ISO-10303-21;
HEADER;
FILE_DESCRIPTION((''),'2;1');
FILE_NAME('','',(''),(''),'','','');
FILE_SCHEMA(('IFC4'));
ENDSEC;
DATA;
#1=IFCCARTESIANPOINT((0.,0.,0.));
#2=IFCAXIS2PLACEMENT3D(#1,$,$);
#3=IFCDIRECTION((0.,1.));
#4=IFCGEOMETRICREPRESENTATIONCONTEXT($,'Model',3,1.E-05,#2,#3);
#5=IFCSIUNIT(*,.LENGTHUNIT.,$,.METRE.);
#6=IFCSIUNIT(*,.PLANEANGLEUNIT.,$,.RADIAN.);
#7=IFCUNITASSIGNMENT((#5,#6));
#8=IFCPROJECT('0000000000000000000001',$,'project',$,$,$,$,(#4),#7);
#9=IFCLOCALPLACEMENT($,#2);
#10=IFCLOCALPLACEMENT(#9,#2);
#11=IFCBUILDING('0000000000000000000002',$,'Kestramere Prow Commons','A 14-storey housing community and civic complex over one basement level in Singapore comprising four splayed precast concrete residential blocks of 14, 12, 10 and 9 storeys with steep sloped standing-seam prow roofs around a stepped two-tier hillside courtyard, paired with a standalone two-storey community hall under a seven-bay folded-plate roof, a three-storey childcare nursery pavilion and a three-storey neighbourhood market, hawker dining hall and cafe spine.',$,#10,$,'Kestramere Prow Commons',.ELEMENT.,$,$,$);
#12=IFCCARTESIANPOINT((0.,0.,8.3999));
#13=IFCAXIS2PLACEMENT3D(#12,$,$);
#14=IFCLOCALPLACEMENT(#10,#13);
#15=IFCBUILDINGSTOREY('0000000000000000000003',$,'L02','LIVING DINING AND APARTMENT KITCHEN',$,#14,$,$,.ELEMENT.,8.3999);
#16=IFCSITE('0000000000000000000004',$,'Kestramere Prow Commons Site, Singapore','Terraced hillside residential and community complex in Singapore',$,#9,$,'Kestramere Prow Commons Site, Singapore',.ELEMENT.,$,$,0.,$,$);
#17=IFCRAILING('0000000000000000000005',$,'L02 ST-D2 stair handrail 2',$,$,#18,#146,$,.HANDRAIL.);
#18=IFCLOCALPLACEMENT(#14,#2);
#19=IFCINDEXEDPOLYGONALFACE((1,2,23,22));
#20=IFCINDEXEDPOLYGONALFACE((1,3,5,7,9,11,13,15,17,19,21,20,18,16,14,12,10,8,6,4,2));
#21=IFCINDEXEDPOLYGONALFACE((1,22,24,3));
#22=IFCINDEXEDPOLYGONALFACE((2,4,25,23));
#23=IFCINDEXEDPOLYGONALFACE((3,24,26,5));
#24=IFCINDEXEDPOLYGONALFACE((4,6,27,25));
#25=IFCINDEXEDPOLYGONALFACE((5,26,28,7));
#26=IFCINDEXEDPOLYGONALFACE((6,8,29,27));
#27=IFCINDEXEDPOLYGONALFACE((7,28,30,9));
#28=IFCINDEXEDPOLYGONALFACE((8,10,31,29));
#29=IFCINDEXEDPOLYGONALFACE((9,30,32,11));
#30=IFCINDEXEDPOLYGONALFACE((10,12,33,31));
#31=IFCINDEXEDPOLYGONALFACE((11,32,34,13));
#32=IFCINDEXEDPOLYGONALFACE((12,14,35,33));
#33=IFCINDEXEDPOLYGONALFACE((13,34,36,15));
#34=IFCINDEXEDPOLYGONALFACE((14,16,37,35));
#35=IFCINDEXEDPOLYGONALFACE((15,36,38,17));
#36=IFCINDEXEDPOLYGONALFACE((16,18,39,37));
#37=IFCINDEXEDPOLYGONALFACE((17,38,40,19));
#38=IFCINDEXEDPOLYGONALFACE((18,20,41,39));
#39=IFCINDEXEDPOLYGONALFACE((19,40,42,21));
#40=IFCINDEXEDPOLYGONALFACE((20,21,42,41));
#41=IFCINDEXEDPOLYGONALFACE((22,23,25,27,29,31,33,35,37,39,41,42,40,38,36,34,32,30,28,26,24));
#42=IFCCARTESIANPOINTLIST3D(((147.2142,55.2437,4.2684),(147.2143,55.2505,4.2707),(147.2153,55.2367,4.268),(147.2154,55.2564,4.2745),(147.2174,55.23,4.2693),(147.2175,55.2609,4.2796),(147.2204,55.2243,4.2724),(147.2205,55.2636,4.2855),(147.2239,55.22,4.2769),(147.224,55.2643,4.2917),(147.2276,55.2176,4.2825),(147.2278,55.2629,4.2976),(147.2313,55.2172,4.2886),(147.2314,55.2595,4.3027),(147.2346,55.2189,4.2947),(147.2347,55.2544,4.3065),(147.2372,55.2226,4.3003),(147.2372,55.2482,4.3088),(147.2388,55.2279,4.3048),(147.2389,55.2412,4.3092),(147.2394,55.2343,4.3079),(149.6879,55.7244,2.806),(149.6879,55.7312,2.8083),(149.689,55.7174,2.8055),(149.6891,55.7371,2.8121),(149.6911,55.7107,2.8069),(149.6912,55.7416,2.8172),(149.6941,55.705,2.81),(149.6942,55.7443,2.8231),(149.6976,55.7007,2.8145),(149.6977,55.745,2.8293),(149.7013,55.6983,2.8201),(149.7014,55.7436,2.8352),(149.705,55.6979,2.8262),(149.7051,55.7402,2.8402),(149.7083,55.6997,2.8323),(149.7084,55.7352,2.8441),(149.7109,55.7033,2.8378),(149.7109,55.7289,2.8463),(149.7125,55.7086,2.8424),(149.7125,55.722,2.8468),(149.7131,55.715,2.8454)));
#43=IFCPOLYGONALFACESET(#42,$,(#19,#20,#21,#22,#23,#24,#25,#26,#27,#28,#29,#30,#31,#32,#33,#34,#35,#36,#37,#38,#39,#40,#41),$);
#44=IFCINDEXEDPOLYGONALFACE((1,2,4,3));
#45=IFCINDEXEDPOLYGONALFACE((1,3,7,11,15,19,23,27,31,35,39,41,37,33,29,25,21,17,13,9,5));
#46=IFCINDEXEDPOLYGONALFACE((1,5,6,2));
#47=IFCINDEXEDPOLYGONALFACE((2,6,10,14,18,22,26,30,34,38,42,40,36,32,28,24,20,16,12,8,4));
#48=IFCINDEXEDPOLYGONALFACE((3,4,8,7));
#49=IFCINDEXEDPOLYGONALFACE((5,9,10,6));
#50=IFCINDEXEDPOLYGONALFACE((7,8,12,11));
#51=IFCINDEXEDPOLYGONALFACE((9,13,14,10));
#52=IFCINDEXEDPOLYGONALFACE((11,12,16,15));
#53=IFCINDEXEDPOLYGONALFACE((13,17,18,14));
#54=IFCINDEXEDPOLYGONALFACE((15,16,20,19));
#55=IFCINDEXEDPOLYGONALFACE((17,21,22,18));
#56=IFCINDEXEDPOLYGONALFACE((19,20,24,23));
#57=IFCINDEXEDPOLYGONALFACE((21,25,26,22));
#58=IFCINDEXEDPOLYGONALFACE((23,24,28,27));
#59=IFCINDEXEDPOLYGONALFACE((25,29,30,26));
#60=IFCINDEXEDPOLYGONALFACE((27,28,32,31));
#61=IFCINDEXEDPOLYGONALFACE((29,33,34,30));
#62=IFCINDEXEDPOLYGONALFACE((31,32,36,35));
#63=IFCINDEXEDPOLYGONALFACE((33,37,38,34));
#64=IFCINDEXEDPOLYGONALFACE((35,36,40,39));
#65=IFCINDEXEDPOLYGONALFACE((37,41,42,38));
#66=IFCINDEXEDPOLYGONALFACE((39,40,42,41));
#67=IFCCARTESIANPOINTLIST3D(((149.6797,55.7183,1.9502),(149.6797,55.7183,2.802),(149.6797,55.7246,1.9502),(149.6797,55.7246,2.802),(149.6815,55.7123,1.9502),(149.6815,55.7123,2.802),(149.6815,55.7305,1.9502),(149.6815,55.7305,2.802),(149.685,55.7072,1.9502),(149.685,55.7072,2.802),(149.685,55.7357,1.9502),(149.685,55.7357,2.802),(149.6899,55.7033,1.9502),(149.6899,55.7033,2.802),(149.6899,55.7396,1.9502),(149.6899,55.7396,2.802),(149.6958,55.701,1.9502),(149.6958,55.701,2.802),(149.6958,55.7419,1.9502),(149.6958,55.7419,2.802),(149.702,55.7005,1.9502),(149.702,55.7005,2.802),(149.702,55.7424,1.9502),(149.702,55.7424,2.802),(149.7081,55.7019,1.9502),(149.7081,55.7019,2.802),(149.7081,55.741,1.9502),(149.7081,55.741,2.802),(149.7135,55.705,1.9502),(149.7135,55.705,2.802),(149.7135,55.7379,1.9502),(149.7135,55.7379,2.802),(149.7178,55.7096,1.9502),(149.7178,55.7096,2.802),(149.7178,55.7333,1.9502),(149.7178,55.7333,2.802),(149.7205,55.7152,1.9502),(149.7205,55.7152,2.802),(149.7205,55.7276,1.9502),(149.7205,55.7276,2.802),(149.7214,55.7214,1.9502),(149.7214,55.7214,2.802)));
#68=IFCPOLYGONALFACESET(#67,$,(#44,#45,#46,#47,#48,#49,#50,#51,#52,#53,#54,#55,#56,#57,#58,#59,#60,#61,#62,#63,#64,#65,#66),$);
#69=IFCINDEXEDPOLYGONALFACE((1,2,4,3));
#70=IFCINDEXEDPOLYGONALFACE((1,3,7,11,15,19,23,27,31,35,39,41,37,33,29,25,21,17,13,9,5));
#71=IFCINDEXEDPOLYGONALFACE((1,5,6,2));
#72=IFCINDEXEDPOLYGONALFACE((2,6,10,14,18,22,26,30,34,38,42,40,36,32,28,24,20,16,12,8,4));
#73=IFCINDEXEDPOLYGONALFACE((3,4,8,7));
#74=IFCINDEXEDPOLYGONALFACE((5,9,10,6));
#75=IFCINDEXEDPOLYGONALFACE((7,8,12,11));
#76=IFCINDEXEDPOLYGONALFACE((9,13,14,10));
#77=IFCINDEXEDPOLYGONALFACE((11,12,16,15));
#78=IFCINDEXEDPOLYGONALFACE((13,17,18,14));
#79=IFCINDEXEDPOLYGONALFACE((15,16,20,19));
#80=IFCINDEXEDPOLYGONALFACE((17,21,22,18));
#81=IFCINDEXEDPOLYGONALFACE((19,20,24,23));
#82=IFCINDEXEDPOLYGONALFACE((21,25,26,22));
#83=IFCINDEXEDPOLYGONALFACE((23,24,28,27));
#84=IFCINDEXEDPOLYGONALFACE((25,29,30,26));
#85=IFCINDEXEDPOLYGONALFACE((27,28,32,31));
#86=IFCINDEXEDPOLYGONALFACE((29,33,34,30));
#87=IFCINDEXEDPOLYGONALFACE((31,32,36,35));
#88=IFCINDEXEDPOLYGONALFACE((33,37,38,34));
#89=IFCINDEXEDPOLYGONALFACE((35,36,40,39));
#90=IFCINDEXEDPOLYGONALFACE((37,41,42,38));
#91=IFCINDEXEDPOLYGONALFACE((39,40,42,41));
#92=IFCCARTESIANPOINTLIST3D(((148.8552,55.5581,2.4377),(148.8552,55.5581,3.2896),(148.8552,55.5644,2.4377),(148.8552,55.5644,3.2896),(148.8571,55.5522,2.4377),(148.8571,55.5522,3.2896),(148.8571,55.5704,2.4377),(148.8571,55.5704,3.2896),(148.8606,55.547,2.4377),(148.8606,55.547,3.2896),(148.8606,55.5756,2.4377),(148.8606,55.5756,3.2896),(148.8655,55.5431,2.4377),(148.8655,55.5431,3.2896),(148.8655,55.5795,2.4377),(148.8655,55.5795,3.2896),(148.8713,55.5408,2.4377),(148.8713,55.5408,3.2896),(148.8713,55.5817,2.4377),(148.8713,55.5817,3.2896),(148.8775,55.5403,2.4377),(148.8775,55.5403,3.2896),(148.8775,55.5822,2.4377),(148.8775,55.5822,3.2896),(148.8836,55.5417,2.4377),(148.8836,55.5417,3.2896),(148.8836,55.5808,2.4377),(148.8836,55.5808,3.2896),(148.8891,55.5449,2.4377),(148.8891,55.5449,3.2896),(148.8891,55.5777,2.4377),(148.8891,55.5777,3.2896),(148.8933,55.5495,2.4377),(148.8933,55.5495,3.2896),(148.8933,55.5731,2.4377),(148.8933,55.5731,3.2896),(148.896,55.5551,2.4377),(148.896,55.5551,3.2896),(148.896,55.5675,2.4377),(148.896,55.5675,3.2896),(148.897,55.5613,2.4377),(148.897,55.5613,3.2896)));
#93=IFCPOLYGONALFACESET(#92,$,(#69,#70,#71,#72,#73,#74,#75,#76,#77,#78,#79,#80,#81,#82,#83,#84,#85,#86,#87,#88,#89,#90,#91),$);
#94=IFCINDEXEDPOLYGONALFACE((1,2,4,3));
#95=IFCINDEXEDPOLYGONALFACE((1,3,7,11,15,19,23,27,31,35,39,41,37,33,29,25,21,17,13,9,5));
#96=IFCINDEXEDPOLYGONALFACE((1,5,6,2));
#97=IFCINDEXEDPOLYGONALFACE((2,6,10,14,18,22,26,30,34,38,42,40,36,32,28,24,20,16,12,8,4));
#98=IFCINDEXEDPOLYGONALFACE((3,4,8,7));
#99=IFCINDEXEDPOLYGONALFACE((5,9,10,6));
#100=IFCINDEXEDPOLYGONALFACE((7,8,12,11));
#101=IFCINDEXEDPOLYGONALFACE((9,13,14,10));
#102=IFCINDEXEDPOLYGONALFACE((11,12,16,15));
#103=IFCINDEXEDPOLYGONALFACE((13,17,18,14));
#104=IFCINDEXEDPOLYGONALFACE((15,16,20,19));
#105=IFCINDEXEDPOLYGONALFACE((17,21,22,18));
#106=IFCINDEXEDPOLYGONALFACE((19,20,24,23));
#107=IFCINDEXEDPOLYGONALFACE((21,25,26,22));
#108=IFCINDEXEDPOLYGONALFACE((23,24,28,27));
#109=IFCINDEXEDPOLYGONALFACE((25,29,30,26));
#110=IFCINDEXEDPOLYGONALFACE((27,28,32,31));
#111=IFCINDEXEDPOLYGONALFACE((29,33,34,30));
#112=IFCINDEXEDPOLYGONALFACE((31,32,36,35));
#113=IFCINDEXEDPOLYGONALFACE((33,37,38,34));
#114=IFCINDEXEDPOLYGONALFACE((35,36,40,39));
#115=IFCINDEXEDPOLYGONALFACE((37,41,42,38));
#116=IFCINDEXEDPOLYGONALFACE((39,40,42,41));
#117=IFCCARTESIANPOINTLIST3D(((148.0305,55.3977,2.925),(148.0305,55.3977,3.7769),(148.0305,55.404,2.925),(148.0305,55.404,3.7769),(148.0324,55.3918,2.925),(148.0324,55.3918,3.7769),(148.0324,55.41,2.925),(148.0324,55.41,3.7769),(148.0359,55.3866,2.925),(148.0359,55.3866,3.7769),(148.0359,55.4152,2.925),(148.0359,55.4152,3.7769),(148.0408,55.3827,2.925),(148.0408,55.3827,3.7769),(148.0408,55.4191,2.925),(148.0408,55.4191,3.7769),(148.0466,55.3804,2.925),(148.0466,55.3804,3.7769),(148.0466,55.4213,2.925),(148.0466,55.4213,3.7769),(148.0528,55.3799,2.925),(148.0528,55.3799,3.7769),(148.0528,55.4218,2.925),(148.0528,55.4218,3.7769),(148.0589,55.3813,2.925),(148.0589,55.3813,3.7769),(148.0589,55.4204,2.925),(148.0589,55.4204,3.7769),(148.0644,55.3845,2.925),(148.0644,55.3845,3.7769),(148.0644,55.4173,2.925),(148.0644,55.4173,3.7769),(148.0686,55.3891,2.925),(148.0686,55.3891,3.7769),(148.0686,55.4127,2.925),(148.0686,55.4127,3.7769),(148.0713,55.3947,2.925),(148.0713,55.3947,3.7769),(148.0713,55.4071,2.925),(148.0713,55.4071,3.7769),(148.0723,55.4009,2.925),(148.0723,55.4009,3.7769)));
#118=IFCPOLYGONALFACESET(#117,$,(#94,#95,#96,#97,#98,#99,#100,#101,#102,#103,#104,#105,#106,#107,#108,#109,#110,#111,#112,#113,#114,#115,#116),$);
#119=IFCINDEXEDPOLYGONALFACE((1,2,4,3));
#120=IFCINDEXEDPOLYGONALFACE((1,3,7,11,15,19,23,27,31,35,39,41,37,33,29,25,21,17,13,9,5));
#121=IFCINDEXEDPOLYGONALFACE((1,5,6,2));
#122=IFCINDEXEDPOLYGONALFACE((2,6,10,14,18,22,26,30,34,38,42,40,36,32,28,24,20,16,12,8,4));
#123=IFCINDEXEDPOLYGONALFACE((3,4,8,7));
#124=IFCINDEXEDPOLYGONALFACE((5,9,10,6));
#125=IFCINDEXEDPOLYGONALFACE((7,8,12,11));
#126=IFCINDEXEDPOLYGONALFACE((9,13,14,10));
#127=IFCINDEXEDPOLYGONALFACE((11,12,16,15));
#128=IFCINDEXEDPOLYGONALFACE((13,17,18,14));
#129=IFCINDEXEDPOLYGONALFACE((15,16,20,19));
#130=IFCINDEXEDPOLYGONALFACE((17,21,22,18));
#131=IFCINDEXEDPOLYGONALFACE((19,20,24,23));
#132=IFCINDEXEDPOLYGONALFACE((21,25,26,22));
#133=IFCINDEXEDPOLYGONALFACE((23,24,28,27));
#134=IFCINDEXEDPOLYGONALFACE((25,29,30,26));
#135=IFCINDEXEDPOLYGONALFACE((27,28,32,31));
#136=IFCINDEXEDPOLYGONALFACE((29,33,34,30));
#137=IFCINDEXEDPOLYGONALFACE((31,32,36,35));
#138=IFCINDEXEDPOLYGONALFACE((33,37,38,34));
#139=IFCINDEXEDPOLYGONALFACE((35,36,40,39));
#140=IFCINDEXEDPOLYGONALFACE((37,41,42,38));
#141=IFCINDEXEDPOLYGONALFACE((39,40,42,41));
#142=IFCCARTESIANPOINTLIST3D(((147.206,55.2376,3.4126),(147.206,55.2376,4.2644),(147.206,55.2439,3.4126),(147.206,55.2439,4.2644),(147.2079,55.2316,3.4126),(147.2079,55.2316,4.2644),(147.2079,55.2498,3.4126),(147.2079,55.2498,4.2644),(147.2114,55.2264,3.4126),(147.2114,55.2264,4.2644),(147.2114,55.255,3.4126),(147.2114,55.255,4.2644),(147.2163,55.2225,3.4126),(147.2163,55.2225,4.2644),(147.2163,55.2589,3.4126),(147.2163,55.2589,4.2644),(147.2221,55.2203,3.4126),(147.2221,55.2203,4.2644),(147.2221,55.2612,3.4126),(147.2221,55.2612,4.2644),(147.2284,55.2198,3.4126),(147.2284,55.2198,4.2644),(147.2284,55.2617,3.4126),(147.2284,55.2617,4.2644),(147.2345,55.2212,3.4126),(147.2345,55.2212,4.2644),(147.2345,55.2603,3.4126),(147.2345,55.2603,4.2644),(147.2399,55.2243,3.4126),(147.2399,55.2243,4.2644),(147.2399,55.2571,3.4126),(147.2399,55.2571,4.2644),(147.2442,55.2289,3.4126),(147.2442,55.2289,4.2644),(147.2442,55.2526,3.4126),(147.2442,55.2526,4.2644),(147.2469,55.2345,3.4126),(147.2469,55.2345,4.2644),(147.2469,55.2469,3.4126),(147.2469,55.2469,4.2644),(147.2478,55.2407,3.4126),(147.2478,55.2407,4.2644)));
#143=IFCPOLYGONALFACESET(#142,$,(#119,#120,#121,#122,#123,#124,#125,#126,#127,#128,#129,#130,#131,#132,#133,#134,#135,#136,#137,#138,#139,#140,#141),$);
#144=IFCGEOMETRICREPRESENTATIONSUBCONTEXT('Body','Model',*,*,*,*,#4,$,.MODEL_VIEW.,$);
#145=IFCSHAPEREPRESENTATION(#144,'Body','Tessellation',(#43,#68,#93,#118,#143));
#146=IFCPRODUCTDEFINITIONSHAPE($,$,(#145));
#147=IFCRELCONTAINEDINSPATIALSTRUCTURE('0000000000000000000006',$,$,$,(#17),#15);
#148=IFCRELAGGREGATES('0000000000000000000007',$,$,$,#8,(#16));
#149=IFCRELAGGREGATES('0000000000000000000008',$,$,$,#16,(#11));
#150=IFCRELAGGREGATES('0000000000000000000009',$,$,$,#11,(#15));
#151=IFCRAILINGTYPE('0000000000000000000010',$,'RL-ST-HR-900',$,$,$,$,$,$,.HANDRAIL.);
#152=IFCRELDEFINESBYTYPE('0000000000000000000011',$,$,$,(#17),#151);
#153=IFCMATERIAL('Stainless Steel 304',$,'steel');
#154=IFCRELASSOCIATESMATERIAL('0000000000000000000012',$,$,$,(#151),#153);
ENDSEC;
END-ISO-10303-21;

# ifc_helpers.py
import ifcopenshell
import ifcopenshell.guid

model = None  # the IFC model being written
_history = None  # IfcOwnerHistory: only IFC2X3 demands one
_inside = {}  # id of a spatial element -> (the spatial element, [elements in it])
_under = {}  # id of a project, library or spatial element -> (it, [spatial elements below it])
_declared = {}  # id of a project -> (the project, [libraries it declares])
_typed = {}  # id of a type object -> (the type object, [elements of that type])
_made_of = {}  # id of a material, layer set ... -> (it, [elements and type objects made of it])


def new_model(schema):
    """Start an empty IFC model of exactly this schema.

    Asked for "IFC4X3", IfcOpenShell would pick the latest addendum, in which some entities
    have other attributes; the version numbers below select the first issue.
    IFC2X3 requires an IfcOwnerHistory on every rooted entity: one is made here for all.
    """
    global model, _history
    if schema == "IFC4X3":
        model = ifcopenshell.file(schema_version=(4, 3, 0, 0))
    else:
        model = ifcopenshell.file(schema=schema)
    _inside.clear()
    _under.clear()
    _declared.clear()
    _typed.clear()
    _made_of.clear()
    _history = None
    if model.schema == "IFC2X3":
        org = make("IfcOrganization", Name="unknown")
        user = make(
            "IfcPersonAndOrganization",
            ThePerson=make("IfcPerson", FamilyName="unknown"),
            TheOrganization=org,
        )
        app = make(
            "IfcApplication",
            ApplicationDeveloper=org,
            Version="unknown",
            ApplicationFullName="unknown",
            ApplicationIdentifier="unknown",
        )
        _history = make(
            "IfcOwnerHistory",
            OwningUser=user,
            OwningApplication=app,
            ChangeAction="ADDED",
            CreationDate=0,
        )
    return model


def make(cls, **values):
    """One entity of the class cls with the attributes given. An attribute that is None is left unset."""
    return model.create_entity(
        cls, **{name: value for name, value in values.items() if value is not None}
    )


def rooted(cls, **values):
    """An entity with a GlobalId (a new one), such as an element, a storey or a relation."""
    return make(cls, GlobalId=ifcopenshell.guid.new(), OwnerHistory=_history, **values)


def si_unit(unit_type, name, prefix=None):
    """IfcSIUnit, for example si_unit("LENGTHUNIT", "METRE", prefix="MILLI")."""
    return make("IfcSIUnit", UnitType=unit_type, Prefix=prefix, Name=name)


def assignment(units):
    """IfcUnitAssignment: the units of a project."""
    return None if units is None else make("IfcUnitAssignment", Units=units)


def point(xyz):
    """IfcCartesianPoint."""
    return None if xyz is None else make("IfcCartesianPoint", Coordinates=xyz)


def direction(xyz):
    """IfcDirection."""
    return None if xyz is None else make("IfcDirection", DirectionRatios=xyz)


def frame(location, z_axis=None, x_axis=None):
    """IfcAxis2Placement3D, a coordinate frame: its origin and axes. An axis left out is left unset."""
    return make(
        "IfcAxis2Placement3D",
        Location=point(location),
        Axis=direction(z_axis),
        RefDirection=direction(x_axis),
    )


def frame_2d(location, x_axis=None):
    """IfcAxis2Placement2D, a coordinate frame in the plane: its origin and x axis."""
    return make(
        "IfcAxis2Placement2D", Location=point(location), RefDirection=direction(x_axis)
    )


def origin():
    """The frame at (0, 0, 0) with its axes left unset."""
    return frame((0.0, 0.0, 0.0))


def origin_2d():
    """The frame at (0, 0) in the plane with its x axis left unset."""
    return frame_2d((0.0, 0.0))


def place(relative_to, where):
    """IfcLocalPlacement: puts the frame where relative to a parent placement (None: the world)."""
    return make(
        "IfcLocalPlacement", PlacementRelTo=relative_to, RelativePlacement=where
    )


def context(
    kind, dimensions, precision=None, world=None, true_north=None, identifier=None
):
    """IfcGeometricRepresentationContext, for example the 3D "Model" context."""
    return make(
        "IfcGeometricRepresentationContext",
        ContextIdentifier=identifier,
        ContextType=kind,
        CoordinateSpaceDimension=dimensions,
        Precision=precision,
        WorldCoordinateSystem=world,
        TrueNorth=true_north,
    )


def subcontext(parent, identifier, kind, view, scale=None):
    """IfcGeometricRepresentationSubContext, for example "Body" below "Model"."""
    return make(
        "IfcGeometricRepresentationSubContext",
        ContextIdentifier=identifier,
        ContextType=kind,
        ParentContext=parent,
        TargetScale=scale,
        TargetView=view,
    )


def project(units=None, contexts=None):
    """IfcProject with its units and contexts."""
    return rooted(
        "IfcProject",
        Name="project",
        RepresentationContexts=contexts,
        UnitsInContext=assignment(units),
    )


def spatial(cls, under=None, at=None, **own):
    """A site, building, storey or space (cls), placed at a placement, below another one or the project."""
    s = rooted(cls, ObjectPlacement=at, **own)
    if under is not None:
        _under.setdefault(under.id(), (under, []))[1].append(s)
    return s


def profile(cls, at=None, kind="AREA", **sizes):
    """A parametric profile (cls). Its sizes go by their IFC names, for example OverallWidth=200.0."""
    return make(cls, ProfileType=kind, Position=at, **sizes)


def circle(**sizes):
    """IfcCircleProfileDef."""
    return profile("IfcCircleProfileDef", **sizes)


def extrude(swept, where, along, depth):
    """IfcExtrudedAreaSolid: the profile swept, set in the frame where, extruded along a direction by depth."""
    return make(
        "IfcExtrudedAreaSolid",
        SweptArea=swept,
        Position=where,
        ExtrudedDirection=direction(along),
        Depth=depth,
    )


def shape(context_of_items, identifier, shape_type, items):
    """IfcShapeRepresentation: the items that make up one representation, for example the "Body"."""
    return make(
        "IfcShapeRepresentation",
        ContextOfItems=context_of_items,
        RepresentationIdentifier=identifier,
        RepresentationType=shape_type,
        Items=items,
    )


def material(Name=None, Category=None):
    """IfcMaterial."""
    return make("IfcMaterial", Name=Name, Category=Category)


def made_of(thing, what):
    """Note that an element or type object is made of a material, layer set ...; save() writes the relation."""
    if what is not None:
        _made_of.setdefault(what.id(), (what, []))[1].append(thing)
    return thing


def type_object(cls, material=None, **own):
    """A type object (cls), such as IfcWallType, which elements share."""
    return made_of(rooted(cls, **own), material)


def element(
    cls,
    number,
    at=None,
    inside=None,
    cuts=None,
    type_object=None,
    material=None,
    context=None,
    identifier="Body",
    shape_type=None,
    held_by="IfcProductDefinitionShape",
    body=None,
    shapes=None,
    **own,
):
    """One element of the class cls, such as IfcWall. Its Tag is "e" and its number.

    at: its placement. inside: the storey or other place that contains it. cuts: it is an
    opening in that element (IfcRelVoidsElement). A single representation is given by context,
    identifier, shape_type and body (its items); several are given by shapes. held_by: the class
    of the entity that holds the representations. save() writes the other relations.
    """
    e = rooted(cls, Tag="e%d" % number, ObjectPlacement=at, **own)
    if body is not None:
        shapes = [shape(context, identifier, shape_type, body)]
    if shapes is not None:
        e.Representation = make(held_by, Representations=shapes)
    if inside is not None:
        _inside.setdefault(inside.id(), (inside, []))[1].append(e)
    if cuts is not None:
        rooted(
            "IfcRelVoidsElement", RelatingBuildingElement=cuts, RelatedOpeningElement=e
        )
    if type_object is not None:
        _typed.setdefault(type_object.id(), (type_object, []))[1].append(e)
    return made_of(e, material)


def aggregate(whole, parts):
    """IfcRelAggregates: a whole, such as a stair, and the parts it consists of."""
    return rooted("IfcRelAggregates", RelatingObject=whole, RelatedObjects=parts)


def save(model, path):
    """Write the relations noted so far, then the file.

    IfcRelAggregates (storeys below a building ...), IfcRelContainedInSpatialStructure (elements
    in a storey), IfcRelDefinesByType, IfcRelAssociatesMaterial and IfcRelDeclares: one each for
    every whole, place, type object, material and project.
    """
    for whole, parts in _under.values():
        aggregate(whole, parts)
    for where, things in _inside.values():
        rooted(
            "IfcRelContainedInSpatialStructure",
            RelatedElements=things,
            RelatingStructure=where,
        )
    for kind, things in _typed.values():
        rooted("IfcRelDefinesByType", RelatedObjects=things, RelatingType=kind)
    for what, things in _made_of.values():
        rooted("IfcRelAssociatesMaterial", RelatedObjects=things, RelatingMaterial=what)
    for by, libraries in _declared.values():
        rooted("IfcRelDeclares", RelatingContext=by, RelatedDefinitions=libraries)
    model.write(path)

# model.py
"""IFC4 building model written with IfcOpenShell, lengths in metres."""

from ifc_helpers import new_model, si_unit, direction, frame, origin, origin_2d, place, context, subcontext, project, spatial, circle, extrude, material, type_object, element, save


model = new_model("IFC4")

# Units and contexts
model_context = context("Model", 3, precision=1e-05, world=origin(), true_north=direction((0.0, 1.0)))
body_context = subcontext(model_context, "Body", "Model", "MODEL_VIEW")
ifc_project = project(units=[si_unit("LENGTHUNIT", "METRE"), si_unit("PLANEANGLEUNIT", "RADIAN")], contexts=[model_context])

# Site, building, storey
site_placement = place(None, origin())
site = spatial("IfcSite", under=ifc_project, at=site_placement, Name="Kestramere Prow Commons Site, Singapore", Description="Terraced hillside residential and community complex in Singapore", LongName="Kestramere Prow Commons Site, Singapore", CompositionType="ELEMENT", RefElevation=0.0)
building_placement = place(site_placement, origin())
building = spatial("IfcBuilding", under=site, at=building_placement, Name="Kestramere Prow Commons", Description="A 14-storey housing community and civic complex over one basement level in Singapore comprising four splayed precast concrete residential blocks of 14, 12, 10 and 9 storeys with steep sloped standing-seam prow roofs around a stepped two-tier hillside courtyard, paired with a standalone two-storey community hall under a seven-bay folded-plate roof, a three-storey childcare nursery pavilion and a three-storey neighbourhood market, hawker dining hall and cafe spine.", LongName="Kestramere Prow Commons", CompositionType="ELEMENT")
storey_placement = place(building_placement, frame((0.0, 0.0, 8.3999)))
storey = spatial("IfcBuildingStorey", under=building, at=storey_placement, Name="L02", Description="LIVING DINING AND APARTMENT KITCHEN", CompositionType="ELEMENT", Elevation=8.3999)

# Railing
ifc_material_1 = material(Name="Stainless Steel 304", Category="steel")
railing_type_1 = type_object("IfcRailingType", Name="RL-ST-HR-900", PredefinedType="HANDRAIL", material=ifc_material_1)
railing_1_placement = place(storey_placement, frame((149.7004, 55.7214, 1.9502)))
element("IfcRailing", 1, at=railing_1_placement, inside=storey, type_object=railing_type_1, Name="L02 ST-D2 stair handrail 2", PredefinedType="HANDRAIL", context=body_context, shape_type="SweptSolid", body=[
    extrude(circle(Radius=0.0239, at=origin_2d()), frame((0.0, 0.0, 0.876), z_axis=(-0.84902, -0.164994, 0.501938), x_axis=(0.190766, -0.981636, 0.0)), (0.0, 0.0, 1.0), 2.9136),
    extrude(circle(Radius=0.021, at=origin_2d()), origin(), (0.0, 0.0, 1.0), 0.8518),
    extrude(circle(Radius=0.021, at=origin_2d()), frame((-0.8245, -0.1602, 0.4875)), (0.0, 0.0, 1.0), 0.8518),
    extrude(circle(Radius=0.021, at=origin_2d()), frame((-1.6492, -0.3206, 0.9749)), (0.0, 0.0, 1.0), 0.8518),
    extrude(circle(Radius=0.021, at=origin_2d()), frame((-2.4736, -0.4807, 1.4624)), (0.0, 0.0, 1.0), 0.8518),
])

save(model, "model.ifc")
